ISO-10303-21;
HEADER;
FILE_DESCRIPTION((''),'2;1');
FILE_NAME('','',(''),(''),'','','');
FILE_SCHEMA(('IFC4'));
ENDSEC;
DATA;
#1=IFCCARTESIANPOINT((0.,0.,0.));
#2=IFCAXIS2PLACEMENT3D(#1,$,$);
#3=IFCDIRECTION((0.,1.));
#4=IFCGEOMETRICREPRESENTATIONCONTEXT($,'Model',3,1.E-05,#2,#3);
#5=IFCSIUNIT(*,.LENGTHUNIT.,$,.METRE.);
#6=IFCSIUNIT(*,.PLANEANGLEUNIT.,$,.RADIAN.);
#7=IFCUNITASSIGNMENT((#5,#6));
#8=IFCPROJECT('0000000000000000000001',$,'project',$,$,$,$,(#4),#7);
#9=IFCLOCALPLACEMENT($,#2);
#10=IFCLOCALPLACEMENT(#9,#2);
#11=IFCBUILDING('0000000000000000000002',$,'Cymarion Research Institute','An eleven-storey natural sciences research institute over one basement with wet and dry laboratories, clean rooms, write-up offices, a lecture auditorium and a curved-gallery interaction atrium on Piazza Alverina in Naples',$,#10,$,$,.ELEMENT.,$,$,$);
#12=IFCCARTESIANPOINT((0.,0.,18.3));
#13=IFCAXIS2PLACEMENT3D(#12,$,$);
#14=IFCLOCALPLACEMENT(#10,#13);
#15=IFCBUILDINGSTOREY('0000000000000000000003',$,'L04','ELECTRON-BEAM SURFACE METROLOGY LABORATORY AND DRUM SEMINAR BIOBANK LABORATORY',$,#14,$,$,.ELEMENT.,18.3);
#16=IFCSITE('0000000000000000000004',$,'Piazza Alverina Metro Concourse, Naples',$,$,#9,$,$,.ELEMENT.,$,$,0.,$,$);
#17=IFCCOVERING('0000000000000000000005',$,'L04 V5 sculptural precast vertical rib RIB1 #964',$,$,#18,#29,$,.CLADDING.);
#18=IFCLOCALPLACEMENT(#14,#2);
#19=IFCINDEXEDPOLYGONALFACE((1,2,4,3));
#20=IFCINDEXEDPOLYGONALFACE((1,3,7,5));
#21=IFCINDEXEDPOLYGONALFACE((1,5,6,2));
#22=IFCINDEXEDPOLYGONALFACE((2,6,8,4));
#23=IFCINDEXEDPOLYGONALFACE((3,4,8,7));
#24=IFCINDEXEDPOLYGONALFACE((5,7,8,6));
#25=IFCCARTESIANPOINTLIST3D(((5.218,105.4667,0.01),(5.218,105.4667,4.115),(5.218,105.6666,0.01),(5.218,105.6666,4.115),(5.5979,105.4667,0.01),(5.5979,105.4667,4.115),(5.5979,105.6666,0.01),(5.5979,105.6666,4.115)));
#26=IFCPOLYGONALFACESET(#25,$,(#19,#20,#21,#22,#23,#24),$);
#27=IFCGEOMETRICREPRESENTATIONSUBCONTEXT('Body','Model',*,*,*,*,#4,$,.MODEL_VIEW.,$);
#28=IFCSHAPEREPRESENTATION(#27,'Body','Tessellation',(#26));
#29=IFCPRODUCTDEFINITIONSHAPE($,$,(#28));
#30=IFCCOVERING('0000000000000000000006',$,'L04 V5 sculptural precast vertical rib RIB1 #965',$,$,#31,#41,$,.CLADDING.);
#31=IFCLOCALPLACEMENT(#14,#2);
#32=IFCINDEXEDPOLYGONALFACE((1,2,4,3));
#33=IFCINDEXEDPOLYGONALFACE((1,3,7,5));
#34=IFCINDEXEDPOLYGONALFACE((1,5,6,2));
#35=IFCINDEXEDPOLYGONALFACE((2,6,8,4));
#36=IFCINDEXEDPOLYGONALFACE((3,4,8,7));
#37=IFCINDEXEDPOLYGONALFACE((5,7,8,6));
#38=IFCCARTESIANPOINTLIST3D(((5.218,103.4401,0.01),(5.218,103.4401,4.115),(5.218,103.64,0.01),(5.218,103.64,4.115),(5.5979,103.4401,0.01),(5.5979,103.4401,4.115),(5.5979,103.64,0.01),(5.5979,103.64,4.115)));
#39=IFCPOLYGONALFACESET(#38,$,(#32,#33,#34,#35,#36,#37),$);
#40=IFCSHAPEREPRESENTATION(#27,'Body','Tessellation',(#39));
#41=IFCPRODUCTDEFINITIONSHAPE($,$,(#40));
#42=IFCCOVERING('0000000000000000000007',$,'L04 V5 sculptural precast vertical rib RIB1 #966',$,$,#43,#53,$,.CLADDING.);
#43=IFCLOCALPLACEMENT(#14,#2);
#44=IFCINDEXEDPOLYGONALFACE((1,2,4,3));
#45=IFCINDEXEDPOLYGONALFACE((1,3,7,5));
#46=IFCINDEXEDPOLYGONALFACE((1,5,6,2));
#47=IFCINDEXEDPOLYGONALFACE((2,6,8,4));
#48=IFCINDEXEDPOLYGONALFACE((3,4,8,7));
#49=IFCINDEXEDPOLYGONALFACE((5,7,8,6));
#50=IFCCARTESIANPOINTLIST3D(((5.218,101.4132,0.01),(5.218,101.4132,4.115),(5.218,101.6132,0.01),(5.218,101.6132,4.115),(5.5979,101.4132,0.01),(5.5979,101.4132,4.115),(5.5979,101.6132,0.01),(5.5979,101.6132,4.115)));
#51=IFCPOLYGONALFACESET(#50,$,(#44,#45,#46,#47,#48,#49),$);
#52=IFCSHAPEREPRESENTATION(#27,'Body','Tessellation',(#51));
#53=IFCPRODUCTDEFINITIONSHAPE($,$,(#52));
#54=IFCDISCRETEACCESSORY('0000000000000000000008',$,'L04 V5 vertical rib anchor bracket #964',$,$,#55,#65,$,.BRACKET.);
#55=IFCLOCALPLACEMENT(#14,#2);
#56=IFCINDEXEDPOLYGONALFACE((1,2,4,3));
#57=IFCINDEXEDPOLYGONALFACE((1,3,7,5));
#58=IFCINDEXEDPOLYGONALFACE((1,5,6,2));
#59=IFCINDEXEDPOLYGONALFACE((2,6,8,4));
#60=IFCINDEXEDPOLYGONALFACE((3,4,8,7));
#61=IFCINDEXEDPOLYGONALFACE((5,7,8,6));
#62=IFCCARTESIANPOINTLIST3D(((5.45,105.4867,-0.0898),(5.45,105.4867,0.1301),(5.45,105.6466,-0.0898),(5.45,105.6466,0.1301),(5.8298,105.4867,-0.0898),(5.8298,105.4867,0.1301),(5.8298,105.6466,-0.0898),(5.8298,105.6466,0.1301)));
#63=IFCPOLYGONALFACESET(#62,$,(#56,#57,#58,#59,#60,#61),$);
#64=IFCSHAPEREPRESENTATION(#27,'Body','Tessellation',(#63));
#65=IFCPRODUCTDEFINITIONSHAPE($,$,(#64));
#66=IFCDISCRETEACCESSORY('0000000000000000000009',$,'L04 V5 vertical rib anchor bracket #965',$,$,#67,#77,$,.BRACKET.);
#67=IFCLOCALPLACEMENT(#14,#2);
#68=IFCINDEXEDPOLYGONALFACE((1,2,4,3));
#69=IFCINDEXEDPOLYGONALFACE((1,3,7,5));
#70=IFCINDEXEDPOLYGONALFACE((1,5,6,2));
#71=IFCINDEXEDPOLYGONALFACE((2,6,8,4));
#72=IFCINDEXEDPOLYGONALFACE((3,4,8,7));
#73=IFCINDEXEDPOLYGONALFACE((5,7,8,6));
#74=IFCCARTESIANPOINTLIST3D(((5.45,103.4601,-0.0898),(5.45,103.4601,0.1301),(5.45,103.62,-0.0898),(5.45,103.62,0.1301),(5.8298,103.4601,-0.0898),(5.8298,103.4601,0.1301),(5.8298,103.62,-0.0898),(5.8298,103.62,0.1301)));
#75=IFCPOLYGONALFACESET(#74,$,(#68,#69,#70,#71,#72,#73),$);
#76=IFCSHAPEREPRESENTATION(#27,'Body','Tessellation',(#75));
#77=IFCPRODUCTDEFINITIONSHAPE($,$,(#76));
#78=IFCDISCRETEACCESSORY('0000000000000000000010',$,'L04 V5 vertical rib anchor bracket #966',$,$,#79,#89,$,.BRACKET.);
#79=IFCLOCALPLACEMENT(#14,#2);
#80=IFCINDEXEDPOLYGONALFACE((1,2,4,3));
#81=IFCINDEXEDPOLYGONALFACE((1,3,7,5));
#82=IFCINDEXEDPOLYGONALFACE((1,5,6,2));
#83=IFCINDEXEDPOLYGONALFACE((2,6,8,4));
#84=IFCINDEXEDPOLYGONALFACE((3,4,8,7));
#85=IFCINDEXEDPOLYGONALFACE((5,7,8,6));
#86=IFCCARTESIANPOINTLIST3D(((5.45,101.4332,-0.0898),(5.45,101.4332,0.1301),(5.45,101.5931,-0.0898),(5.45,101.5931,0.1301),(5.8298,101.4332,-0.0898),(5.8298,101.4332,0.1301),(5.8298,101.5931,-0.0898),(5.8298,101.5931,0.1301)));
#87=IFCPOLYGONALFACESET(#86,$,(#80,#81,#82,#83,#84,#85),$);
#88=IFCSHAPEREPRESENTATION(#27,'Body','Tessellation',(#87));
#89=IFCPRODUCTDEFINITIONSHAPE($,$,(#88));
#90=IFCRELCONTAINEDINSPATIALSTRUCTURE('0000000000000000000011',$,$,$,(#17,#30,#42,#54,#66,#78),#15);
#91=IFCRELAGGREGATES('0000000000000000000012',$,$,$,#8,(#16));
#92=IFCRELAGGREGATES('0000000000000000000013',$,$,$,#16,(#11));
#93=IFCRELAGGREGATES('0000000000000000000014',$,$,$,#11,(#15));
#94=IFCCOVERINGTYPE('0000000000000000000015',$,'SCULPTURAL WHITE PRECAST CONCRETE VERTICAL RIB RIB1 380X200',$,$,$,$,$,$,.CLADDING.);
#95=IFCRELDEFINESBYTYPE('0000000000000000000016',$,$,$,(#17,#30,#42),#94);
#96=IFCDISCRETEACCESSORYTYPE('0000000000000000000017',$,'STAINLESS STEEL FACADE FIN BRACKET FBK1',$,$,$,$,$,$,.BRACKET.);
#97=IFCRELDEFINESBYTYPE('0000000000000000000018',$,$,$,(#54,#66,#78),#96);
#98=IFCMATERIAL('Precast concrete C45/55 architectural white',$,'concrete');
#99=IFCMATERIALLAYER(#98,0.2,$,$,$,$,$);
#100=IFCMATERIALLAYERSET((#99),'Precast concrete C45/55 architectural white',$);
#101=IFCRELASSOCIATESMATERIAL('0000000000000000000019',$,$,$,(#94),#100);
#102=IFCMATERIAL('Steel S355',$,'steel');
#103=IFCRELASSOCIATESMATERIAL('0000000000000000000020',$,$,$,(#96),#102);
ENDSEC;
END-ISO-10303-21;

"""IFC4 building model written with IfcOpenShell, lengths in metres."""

from ifc_helpers import new_model, si_unit, direction, frame, origin, origin_2d, place, context, subcontext, project, spatial, rectangle, extrude, material, layer, layer_set, type_object, element, save


model = new_model("IFC4")

# Units and contexts
model_context = context("Model", 3, precision=1e-05, world=origin(), true_north=direction((0.0, 1.0)))
body_context = subcontext(model_context, "Body", "Model", "MODEL_VIEW")
ifc_project = project(units=[si_unit("LENGTHUNIT", "METRE"), si_unit("PLANEANGLEUNIT", "RADIAN")], contexts=[model_context])

# Site, building, storey
site_placement = place(None, origin())
site = spatial("IfcSite", under=ifc_project, at=site_placement, Name="Piazza Alverina Metro Concourse, Naples", CompositionType="ELEMENT", RefElevation=0.0)
building_placement = place(site_placement, origin())
building = spatial("IfcBuilding", under=site, at=building_placement, Name="Cymarion Research Institute", Description="An eleven-storey natural sciences research institute over one basement with wet and dry laboratories, clean rooms, write-up offices, a lecture auditorium and a curved-gallery interaction atrium on Piazza Alverina in Naples", CompositionType="ELEMENT")
storey_placement = place(building_placement, frame((0.0, 0.0, 18.3)))
storey = spatial("IfcBuildingStorey", under=building, at=storey_placement, Name="L04", Description="ELECTRON-BEAM SURFACE METROLOGY LABORATORY AND DRUM SEMINAR BIOBANK LABORATORY", CompositionType="ELEMENT", Elevation=18.3)

# Coverings
ifc_material_1 = material(Name="Precast concrete C45/55 architectural white", Category="concrete")
ifc_layer_1 = layer(ifc_material_1, 0.2)
ifc_layer_set_1 = layer_set([ifc_layer_1], Name="Precast concrete C45/55 architectural white")
covering_type = type_object("IfcCoveringType", Name="SCULPTURAL WHITE PRECAST CONCRETE VERTICAL RIB RIB1 380X200", PredefinedType="CLADDING", material=ifc_layer_set_1)
for number, where, z_axis, x_axis, name in (
    (1, (5.408, 105.5667, 0.01), (0.0, 0.0, 1.0), (-1.0, 0.0, 0.0), "L04 V5 sculptural precast vertical rib RIB1 #964"),
    (2, (5.408, 103.54, 0.01), (0.0, 0.0, 1.0), (-1.0, 0.0, 0.0), "L04 V5 sculptural precast vertical rib RIB1 #965"),
    (3, (5.408, 101.5132, 0.01), (0.0, 0.0, 1.0), (-1.0, 0.0, 0.0), "L04 V5 sculptural precast vertical rib RIB1 #966"),
):
    element("IfcCovering", number, at=place(storey_placement, frame(where, z_axis=z_axis, x_axis=x_axis)), inside=storey, type_object=covering_type, Name=name, PredefinedType="CLADDING", context=body_context, shape_type="SweptSolid", body=[
        extrude(rectangle(XDim=0.3799, YDim=0.2, at=origin_2d()), origin(), (0.0, 0.0, 1.0), 4.105),
    ])

# Discrete accessories
ifc_material_2 = material(Name="Steel S355", Category="steel")
discrete_accessory_type = type_object("IfcDiscreteAccessoryType", Name="STAINLESS STEEL FACADE FIN BRACKET FBK1", PredefinedType="BRACKET", material=ifc_material_2)
for number, where, z_axis, x_axis, name in (
    (4, (5.6399, 105.5667, -0.0898), (0.0, 0.0, 1.0), (-1.0, 0.0, 0.0), "L04 V5 vertical rib anchor bracket #964"),
    (5, (5.6399, 103.54, -0.0898), (0.0, 0.0, 1.0), (-1.0, 0.0, 0.0), "L04 V5 vertical rib anchor bracket #965"),
    (6, (5.6399, 101.5132, -0.0898), (0.0, 0.0, 1.0), (-1.0, 0.0, 0.0), "L04 V5 vertical rib anchor bracket #966"),
):
    element("IfcDiscreteAccessory", number, at=place(storey_placement, frame(where, z_axis=z_axis, x_axis=x_axis)), inside=storey, type_object=discrete_accessory_type, Name=name, PredefinedType="BRACKET", context=body_context, shape_type="SweptSolid", body=[
        extrude(rectangle(XDim=0.3799, YDim=0.1599, at=origin_2d()), origin(), (0.0, 0.0, 1.0), 0.22),
    ])

save(model, "model.ifc")
